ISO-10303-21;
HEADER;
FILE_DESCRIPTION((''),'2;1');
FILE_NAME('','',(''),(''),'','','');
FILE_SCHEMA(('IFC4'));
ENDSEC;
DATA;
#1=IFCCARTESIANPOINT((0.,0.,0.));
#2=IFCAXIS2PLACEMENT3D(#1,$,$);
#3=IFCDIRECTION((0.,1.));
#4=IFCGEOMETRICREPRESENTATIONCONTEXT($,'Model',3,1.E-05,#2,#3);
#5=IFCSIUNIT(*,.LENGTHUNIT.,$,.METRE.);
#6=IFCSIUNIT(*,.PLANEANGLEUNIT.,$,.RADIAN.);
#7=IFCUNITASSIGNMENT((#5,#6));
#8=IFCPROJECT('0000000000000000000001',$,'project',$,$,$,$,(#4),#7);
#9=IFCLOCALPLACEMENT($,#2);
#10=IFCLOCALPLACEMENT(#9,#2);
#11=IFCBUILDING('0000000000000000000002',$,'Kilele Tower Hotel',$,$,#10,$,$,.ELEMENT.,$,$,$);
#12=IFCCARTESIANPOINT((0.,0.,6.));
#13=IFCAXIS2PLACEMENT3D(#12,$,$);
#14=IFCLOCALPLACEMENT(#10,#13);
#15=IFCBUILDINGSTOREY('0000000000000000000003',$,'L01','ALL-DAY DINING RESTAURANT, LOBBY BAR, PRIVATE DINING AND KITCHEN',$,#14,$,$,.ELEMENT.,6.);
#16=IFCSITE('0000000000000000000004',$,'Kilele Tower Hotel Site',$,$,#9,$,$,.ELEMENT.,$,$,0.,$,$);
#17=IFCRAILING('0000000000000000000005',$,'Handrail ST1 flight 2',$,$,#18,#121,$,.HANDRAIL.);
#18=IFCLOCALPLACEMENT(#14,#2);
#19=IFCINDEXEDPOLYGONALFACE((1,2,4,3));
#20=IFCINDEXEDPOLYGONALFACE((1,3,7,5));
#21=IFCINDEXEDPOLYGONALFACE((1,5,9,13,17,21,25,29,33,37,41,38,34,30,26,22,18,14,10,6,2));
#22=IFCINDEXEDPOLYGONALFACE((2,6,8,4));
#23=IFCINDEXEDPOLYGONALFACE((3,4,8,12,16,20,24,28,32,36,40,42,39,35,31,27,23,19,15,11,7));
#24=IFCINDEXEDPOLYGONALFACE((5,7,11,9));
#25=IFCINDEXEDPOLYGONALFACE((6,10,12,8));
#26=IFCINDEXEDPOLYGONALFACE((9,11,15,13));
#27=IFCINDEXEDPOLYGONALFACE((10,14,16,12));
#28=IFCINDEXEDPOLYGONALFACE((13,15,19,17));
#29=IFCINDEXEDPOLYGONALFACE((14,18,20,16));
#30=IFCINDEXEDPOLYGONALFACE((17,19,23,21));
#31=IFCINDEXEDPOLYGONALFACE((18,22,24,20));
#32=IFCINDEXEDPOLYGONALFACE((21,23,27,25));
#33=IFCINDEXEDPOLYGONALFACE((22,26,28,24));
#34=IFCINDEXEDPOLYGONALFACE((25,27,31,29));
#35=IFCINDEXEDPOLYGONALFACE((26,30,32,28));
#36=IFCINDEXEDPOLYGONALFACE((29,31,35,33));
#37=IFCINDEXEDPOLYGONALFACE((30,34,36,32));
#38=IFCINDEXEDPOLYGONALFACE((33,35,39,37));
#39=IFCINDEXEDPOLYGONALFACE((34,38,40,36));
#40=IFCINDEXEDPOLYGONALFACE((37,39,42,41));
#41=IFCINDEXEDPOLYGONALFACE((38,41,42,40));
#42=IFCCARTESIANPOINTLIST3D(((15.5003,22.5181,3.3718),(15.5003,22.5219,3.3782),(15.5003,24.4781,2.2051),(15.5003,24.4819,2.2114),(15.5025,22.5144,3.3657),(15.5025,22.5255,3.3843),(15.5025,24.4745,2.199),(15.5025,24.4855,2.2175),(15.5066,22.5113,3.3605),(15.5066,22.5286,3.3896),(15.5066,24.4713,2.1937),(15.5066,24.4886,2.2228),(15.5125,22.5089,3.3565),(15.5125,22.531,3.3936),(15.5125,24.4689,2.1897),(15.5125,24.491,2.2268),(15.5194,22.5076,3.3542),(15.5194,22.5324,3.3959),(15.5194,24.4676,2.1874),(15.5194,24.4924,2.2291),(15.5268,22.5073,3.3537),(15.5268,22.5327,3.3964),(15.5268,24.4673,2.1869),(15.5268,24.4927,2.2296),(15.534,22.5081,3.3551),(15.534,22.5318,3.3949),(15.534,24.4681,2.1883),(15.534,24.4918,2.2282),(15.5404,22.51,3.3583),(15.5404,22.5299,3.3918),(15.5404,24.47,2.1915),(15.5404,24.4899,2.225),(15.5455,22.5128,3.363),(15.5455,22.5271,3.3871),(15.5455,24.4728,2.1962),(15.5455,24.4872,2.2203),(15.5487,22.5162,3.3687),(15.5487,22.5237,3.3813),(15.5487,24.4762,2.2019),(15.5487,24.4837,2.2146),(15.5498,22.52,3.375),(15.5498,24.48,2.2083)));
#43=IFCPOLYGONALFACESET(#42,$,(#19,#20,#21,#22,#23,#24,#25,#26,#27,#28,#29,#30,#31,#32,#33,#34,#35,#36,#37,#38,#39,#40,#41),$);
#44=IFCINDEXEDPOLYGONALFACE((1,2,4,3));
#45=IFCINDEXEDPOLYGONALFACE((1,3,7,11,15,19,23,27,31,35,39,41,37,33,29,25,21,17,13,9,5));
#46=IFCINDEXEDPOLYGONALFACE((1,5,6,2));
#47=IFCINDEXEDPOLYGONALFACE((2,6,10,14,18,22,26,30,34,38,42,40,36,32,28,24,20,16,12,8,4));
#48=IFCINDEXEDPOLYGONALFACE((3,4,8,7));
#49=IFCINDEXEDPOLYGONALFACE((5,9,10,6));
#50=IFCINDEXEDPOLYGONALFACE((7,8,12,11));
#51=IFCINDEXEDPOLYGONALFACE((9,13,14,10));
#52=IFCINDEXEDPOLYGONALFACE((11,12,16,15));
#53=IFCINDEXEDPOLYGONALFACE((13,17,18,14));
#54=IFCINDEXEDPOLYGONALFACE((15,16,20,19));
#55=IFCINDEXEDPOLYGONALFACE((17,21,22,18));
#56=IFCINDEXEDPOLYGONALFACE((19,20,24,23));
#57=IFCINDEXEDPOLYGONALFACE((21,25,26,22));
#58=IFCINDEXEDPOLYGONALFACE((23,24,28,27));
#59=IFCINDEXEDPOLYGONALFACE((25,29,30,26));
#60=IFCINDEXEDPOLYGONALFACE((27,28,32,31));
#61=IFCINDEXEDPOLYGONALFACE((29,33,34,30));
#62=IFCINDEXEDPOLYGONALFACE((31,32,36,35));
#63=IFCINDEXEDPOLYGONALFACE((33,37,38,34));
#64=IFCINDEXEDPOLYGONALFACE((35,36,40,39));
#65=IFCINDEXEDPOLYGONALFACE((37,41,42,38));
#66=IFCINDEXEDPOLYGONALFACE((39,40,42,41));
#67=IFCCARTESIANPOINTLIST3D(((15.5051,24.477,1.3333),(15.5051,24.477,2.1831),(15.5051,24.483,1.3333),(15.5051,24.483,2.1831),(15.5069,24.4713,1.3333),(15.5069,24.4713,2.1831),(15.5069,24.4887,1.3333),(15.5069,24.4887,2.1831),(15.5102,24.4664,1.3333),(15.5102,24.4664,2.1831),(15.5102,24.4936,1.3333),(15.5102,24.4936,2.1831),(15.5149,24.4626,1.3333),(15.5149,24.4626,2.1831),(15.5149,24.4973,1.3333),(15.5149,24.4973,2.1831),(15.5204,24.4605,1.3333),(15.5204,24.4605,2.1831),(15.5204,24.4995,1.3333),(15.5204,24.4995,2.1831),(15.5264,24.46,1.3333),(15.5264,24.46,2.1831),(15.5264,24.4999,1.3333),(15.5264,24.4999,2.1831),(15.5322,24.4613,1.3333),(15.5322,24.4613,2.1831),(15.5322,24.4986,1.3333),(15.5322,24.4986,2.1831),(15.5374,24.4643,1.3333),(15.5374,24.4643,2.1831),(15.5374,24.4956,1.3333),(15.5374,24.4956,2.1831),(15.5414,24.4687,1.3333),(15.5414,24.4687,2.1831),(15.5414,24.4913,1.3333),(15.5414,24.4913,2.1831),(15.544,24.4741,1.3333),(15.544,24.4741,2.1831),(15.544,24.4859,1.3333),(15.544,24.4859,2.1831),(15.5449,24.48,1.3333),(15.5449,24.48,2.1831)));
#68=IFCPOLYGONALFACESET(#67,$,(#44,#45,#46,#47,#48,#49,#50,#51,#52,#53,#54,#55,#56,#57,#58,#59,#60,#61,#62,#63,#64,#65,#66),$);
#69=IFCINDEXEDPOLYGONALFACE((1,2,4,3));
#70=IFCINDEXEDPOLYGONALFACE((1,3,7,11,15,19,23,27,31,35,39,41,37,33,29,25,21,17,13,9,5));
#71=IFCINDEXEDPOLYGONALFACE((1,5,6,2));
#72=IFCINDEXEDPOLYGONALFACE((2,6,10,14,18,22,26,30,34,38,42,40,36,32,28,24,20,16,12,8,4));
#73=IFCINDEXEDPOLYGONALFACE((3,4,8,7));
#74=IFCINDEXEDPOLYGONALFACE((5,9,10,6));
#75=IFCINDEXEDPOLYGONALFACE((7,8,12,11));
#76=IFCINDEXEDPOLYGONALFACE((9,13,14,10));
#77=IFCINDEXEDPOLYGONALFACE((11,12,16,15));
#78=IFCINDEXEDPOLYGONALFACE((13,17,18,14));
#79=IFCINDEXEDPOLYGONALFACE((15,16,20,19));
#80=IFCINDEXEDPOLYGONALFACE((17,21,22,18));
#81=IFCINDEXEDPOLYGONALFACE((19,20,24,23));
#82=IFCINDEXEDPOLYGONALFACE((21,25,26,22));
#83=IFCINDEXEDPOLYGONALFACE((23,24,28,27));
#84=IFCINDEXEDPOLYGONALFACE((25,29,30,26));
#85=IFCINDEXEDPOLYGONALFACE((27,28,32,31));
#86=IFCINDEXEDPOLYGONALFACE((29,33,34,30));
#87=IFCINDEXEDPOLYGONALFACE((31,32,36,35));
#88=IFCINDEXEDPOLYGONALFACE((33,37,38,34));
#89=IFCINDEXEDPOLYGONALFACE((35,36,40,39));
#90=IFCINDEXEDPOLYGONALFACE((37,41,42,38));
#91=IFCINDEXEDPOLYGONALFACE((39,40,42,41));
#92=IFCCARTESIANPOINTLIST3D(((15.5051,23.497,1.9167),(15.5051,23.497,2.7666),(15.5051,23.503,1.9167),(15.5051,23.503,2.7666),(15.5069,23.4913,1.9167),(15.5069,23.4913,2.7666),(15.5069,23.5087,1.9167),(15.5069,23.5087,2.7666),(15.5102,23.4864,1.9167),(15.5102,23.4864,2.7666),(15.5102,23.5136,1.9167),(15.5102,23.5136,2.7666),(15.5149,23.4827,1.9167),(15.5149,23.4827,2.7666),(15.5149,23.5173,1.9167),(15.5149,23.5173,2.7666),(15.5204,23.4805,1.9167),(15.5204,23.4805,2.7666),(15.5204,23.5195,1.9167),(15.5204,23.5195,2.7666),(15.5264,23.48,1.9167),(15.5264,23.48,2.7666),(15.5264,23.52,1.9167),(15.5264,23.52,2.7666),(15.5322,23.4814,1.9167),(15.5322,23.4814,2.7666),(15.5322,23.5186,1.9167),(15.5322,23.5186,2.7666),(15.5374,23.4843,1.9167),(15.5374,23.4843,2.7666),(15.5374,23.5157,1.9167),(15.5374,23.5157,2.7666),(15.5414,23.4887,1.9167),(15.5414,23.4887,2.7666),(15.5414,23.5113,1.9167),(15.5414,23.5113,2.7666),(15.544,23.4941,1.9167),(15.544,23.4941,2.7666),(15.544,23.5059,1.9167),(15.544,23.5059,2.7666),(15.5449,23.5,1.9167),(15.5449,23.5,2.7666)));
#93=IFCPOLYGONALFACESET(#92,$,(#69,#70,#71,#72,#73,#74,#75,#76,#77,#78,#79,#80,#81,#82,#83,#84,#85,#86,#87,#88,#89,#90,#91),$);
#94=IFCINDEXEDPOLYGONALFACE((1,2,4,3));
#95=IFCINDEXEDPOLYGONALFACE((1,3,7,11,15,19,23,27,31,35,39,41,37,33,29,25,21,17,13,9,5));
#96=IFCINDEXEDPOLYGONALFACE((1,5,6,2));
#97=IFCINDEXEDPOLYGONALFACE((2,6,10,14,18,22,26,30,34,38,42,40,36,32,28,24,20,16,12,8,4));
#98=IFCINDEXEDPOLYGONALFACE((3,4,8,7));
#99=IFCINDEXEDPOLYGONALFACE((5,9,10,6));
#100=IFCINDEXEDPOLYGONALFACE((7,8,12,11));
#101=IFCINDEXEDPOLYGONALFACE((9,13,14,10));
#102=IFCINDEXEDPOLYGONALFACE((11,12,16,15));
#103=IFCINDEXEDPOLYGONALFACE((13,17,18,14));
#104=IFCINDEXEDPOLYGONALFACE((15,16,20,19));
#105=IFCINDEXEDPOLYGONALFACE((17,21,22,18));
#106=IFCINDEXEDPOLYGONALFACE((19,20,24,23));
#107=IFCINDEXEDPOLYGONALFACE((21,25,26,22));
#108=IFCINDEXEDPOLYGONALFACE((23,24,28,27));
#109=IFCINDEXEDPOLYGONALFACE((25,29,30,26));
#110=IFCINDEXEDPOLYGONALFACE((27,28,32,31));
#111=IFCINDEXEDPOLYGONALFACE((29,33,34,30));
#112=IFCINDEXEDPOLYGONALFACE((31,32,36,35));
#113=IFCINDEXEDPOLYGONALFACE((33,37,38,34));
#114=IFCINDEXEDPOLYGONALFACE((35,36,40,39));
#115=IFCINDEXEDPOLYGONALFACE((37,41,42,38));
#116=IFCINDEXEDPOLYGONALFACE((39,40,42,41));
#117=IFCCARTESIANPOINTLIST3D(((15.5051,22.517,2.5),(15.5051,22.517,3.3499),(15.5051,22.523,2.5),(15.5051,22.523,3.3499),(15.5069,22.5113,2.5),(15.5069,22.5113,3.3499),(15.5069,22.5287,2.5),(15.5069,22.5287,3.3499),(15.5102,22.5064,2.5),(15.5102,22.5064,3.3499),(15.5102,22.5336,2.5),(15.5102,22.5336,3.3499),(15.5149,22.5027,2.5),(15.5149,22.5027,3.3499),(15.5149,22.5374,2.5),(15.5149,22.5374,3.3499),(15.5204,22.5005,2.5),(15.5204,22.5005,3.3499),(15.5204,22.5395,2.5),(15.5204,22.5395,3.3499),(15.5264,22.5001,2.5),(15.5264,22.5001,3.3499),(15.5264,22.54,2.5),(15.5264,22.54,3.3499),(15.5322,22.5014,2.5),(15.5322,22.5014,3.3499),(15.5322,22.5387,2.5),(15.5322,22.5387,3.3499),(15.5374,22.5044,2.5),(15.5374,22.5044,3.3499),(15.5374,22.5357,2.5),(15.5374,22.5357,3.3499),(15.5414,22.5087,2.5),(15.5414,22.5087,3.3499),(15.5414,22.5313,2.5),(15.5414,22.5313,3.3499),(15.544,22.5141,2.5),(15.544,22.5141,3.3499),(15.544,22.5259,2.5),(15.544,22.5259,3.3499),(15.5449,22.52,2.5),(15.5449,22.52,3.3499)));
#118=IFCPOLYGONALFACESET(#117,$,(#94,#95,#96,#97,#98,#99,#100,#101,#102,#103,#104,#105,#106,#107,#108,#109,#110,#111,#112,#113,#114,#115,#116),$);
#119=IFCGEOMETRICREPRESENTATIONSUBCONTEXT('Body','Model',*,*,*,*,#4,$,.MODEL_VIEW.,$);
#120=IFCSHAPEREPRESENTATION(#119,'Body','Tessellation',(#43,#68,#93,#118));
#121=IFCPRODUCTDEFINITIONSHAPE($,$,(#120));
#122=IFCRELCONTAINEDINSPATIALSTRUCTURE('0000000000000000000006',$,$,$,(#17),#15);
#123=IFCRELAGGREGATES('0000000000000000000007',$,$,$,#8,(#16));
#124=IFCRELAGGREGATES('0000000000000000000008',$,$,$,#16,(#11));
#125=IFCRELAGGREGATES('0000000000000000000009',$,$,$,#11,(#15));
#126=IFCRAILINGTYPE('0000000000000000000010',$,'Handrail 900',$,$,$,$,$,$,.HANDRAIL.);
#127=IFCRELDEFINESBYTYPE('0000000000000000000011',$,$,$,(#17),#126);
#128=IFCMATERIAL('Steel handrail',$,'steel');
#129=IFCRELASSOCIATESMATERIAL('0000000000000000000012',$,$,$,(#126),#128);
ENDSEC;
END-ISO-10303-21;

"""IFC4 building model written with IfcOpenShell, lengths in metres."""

from ifc_helpers import new_model, si_unit, direction, frame, origin, origin_2d, place, context, subcontext, project, spatial, circle, extrude, material, type_object, element, save


model = new_model("IFC4")

# Units and contexts
model_context = context("Model", 3, precision=1e-05, world=origin(), true_north=direction((0.0, 1.0)))
body_context = subcontext(model_context, "Body", "Model", "MODEL_VIEW")
ifc_project = project(units=[si_unit("LENGTHUNIT", "METRE"), si_unit("PLANEANGLEUNIT", "RADIAN")], contexts=[model_context])

# Site, building, storey
site_placement = place(None, origin())
site = spatial("IfcSite", under=ifc_project, at=site_placement, Name="Kilele Tower Hotel Site", CompositionType="ELEMENT", RefElevation=0.0)
building_placement = place(site_placement, origin())
building = spatial("IfcBuilding", under=site, at=building_placement, Name="Kilele Tower Hotel", CompositionType="ELEMENT")
storey_placement = place(building_placement, frame((0.0, 0.0, 6.0)))
storey = spatial("IfcBuildingStorey", under=building, at=storey_placement, Name="L01", Description="ALL-DAY DINING RESTAURANT, LOBBY BAR, PRIVATE DINING AND KITCHEN", CompositionType="ELEMENT", Elevation=6.0)

# Railing
ifc_material_1 = material(Name="Steel handrail", Category="steel")
railing_type_1 = type_object("IfcRailingType", Name="Handrail 900", PredefinedType="HANDRAIL", material=ifc_material_1)
railing_1_placement = place(storey_placement, frame((15.5249, 24.48, 1.3333)))
element("IfcRailing", 1, at=railing_1_placement, inside=storey, type_object=railing_type_1, Name="Handrail ST1 flight 2", PredefinedType="HANDRAIL", context=body_context, shape_type="SweptSolid", body=[
    extrude(circle(Radius=0.0249, at=origin_2d()), frame((0.0, 0.0, 0.875), z_axis=(0.0, -0.859273, 0.511518), x_axis=(1.0, 0.0, 0.0)), (0.0, 0.0, 1.0), 2.281),
    extrude(circle(Radius=0.02, at=origin_2d()), origin(), (0.0, 0.0, 1.0), 0.8499),
    extrude(circle(Radius=0.02, at=origin_2d()), frame((0.0, -0.98, 0.5835)), (0.0, 0.0, 1.0), 0.8499),
    extrude(circle(Radius=0.02, at=origin_2d()), frame((0.0, -1.96, 1.1667)), (0.0, 0.0, 1.0), 0.8499),
])

save(model, "model.ifc")
